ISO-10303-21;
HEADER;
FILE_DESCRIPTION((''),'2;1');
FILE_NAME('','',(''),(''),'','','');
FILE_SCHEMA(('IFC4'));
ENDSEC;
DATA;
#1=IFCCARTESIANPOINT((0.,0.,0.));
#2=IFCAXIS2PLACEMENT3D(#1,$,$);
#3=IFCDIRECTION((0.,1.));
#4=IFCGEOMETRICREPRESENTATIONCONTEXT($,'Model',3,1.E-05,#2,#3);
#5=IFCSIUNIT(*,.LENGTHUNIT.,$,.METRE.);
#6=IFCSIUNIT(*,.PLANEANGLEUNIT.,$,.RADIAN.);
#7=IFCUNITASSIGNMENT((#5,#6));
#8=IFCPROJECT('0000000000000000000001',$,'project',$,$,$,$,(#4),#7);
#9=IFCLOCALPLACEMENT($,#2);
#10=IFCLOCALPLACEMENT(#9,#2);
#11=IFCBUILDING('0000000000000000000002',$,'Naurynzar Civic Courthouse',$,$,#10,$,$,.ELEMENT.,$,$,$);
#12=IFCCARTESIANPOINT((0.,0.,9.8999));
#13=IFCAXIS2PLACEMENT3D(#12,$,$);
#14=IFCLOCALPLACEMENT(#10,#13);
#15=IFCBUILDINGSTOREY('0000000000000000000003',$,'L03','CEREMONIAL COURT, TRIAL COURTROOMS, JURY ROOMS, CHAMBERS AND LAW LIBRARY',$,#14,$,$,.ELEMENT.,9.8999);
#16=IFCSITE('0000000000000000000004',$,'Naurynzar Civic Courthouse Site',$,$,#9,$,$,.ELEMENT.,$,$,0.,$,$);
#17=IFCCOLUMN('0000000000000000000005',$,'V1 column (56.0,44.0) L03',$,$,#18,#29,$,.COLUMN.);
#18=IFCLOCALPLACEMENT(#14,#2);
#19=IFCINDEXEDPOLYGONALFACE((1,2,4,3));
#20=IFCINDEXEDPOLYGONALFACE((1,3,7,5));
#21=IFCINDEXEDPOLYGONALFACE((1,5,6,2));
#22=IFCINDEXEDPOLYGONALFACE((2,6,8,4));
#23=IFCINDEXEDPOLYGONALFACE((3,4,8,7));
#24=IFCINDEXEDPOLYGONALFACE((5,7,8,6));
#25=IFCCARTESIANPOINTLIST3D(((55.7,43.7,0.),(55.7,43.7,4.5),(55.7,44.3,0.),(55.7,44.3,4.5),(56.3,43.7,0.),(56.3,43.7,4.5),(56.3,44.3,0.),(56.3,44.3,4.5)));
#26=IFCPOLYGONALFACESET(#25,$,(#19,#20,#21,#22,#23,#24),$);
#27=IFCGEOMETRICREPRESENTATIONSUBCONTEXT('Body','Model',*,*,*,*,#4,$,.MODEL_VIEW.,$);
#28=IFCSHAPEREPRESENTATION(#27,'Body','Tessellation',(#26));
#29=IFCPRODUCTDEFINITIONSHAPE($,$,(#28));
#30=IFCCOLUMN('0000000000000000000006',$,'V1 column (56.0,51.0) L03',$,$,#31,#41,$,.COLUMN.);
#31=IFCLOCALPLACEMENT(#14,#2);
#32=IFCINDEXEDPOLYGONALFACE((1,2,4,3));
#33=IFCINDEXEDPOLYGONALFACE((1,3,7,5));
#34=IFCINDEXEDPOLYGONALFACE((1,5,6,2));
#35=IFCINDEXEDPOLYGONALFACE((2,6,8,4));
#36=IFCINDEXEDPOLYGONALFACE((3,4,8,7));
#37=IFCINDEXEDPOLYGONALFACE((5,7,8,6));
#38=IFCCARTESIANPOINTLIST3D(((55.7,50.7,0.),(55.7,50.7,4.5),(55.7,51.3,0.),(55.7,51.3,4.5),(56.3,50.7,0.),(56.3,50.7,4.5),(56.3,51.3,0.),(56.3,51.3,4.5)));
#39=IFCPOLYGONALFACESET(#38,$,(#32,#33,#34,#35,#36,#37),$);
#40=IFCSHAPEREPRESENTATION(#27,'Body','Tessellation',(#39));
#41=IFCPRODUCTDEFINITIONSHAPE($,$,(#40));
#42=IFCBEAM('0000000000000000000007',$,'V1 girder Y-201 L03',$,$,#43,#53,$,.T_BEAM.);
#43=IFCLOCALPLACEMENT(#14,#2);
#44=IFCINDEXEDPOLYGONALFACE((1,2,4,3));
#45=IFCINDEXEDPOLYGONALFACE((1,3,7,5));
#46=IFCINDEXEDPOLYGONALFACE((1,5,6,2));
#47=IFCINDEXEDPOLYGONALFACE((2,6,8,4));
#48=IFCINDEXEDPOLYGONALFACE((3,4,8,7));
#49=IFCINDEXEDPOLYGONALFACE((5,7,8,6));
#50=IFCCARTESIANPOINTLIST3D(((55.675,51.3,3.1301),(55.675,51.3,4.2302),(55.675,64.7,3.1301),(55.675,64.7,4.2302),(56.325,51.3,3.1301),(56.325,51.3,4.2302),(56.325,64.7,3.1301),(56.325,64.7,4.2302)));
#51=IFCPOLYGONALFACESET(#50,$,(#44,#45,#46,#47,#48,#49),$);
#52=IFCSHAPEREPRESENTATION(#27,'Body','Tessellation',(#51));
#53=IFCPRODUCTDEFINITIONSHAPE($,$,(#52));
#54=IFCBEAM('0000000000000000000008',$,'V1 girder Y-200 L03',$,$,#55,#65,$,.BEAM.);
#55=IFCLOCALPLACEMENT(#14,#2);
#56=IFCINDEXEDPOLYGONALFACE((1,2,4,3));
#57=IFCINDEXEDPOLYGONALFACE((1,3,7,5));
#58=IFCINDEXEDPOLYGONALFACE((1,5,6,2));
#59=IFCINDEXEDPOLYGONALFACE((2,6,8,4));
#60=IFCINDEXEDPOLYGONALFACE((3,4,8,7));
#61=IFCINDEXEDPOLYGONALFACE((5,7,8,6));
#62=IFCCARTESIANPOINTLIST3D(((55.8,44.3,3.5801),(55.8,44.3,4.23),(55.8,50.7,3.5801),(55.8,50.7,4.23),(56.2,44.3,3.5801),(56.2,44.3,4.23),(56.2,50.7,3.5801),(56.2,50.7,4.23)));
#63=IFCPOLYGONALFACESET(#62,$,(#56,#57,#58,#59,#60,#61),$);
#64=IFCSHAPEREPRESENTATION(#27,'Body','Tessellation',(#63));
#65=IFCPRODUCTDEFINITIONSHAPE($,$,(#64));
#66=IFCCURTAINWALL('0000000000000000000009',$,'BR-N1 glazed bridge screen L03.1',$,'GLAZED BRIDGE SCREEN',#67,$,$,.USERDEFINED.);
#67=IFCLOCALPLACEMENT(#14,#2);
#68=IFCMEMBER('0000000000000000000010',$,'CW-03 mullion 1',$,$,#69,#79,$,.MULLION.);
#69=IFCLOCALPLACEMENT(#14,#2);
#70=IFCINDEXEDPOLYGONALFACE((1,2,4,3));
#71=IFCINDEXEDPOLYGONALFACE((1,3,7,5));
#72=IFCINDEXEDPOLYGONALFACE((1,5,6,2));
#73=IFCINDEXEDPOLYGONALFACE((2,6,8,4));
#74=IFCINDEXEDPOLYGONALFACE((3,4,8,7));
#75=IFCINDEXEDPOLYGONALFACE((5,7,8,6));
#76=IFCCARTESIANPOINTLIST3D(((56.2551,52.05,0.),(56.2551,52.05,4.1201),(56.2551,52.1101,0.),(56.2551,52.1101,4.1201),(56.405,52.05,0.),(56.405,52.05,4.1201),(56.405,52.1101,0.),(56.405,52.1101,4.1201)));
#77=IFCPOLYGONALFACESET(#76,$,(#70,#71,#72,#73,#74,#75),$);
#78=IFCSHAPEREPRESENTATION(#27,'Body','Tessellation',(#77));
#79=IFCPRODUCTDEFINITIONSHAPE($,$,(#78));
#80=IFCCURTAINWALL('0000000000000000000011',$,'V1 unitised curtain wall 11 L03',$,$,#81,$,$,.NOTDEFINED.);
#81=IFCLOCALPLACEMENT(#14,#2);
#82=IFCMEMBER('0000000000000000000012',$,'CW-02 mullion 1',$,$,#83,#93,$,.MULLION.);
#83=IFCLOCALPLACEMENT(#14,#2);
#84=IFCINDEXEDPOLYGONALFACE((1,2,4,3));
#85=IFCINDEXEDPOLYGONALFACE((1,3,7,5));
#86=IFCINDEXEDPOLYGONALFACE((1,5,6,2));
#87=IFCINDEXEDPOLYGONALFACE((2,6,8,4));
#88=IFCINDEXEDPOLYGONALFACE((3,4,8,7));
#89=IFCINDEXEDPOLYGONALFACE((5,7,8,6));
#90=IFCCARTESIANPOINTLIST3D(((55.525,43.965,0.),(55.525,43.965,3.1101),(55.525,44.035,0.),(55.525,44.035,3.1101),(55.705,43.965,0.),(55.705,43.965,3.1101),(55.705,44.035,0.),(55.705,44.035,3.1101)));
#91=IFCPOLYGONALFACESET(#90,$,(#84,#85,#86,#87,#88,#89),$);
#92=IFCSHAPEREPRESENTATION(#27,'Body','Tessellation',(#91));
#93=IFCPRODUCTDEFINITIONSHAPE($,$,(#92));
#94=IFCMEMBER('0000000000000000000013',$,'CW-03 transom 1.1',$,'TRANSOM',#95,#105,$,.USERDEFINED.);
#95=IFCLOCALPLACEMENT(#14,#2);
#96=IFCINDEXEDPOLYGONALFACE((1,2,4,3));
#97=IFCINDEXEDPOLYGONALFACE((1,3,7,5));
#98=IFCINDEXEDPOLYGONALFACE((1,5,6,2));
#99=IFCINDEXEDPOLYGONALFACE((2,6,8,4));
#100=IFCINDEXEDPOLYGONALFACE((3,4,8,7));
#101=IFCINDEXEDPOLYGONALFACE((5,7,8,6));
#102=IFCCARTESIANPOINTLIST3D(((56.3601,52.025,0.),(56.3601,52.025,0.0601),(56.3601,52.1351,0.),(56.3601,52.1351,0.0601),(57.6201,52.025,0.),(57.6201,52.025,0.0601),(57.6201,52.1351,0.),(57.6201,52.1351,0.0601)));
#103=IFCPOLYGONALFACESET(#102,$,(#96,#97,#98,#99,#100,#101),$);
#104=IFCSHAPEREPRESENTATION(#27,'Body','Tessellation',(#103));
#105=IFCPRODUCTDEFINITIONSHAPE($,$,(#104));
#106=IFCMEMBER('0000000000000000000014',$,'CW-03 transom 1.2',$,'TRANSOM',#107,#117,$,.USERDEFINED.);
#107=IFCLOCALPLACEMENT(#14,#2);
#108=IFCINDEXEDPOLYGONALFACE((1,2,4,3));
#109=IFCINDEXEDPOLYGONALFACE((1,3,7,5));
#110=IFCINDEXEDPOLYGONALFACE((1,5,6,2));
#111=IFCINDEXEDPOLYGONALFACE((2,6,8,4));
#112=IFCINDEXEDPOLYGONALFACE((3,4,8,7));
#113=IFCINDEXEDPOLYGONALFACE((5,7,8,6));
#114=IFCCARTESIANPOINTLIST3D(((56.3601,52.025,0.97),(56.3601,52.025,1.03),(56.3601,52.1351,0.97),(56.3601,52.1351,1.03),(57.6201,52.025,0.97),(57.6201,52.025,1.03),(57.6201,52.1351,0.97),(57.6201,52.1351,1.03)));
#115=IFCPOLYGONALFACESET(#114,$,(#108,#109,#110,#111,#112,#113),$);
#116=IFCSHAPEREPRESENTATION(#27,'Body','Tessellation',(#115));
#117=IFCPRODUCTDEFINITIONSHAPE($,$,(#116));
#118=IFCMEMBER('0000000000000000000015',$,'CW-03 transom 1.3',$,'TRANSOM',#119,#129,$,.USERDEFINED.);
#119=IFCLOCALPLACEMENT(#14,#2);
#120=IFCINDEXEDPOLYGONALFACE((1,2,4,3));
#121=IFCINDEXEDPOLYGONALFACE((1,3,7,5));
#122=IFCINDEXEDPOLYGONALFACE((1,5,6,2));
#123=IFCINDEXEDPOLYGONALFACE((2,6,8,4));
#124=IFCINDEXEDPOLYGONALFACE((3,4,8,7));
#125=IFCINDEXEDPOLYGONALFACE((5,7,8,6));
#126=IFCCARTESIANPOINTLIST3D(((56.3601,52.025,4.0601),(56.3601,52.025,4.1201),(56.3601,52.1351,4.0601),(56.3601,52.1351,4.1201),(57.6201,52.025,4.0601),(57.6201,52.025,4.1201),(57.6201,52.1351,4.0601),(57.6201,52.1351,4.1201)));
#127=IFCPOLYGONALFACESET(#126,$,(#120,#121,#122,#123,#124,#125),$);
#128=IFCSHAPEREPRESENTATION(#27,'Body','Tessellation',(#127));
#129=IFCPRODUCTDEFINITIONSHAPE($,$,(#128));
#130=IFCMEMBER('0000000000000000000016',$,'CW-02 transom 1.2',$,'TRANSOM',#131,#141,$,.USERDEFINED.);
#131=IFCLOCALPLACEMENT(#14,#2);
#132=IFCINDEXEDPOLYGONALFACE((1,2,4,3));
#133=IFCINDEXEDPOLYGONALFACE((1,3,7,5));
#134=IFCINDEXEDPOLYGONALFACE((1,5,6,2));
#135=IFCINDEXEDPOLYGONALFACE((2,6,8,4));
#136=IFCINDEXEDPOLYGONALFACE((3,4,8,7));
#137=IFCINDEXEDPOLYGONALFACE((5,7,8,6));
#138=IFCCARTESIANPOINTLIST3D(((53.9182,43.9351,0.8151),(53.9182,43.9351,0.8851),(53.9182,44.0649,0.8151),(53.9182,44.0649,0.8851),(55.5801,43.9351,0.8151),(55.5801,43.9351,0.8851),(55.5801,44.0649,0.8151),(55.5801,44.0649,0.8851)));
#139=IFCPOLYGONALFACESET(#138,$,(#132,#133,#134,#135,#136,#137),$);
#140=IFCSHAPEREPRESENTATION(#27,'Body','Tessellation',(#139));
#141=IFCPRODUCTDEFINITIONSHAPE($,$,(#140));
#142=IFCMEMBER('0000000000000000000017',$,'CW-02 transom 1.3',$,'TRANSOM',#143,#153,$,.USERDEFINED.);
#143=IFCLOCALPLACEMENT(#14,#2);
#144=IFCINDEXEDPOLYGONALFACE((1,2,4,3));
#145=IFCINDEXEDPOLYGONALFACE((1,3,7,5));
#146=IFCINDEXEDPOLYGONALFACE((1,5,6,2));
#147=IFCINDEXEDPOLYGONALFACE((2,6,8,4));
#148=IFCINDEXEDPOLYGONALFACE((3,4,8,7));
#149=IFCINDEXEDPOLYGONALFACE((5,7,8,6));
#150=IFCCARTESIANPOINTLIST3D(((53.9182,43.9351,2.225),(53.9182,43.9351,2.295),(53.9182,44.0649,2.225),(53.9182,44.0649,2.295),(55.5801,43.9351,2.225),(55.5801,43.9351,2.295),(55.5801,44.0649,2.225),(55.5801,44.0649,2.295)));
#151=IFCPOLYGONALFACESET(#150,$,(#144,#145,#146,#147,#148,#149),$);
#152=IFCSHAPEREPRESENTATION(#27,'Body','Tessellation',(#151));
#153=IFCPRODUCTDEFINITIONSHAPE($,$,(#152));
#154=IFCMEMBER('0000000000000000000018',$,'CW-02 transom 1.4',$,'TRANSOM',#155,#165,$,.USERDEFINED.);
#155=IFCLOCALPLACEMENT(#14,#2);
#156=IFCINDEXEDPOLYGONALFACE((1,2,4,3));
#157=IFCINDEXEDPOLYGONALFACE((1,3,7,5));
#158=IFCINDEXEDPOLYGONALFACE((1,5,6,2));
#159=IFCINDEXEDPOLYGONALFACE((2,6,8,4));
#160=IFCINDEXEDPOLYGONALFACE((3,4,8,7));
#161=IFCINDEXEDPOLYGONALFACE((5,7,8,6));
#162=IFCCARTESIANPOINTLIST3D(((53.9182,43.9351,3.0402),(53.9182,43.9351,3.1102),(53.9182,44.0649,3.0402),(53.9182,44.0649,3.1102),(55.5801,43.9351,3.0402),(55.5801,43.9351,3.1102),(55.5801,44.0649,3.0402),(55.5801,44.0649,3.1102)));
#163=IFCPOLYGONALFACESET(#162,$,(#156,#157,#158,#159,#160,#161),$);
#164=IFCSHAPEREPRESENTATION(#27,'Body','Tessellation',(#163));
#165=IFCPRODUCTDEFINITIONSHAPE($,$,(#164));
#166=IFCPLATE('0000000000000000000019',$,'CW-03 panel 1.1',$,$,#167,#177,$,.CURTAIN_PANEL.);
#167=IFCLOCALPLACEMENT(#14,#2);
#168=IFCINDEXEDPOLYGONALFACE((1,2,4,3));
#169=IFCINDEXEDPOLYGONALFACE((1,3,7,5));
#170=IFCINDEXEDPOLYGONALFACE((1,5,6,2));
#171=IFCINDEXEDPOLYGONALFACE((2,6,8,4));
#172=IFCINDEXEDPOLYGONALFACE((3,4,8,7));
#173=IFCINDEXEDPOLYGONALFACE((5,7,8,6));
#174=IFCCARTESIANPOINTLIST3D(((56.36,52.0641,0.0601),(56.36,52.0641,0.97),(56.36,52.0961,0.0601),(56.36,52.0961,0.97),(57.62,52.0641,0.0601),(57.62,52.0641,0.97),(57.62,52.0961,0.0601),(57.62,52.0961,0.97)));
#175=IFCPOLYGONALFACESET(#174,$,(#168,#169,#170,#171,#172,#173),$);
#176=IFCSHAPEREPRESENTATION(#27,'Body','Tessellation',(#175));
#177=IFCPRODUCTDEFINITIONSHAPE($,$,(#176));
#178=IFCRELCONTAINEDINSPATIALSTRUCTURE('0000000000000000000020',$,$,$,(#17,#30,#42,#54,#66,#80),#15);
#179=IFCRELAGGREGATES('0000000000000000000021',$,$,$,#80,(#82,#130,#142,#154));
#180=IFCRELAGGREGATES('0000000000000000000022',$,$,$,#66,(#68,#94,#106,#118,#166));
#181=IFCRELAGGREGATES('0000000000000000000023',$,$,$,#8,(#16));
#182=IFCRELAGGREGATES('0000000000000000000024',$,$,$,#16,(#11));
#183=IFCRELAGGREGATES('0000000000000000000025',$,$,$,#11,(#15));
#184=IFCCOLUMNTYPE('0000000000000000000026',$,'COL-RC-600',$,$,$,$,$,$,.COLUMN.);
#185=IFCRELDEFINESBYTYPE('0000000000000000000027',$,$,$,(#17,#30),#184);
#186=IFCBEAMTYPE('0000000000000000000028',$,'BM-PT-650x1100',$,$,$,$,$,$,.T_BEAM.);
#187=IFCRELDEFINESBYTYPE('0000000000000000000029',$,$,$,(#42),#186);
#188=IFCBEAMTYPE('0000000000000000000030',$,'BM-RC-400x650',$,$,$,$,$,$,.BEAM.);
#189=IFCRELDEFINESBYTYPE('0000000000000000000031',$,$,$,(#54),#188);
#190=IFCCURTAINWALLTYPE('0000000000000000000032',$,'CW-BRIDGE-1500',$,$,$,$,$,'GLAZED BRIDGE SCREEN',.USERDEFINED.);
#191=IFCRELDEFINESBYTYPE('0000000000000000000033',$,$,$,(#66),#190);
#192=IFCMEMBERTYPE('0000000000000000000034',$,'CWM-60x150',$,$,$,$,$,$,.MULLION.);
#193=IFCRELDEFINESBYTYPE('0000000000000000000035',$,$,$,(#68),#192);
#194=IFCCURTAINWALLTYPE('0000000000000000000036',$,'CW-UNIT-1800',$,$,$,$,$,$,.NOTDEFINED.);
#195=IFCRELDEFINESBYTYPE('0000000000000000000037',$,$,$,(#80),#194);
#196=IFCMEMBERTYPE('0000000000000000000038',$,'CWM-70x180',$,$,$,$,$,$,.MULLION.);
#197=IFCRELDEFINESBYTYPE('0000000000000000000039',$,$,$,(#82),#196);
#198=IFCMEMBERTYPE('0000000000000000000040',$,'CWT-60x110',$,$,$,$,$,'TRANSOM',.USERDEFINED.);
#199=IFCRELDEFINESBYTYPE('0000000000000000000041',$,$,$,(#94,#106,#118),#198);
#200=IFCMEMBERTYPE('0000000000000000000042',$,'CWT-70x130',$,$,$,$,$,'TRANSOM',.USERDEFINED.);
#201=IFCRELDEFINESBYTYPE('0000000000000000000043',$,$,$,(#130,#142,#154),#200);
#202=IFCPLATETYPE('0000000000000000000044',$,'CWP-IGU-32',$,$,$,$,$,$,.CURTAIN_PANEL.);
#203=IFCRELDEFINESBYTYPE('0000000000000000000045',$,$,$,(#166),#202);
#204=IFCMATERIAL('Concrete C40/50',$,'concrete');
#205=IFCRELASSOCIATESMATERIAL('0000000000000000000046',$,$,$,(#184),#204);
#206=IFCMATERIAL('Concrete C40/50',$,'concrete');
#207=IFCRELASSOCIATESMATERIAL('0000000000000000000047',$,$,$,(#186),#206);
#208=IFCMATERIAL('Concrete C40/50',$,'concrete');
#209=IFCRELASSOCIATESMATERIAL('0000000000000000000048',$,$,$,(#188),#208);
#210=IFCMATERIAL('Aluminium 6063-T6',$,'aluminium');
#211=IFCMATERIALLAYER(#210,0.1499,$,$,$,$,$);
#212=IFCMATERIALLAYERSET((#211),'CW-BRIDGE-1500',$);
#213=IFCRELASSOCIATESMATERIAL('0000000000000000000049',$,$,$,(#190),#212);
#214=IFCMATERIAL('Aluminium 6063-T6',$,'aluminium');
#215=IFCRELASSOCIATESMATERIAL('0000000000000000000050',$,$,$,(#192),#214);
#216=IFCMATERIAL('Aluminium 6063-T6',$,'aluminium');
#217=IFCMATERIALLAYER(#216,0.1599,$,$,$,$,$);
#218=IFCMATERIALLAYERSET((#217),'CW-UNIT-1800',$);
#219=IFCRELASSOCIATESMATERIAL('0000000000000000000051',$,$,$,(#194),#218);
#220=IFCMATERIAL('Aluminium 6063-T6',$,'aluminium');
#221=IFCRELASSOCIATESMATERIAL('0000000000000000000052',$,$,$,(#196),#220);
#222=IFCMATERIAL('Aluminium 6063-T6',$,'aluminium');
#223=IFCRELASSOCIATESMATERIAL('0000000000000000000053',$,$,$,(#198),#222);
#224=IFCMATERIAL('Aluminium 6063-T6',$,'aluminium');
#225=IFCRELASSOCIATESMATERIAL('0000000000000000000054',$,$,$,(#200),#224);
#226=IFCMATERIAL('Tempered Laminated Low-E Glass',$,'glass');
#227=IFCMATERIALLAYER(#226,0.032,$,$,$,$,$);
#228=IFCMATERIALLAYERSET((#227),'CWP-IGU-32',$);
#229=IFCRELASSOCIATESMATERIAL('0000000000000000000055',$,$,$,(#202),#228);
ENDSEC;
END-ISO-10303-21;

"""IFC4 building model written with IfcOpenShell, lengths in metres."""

from ifc_helpers import new_model, si_unit, direction, frame, origin, origin_2d, place, context, subcontext, project, spatial, rectangle, extrude, material, layer, layer_set, material_profile, profile_set, type_object, element, aggregate, save


model = new_model("IFC4")

# Units and contexts
model_context = context("Model", 3, precision=1e-05, world=origin(), true_north=direction((0.0, 1.0)))
body_context = subcontext(model_context, "Body", "Model", "MODEL_VIEW")
ifc_project = project(units=[si_unit("LENGTHUNIT", "METRE"), si_unit("PLANEANGLEUNIT", "RADIAN")], contexts=[model_context])

# Site, building, storey
site_placement = place(None, origin())
site = spatial("IfcSite", under=ifc_project, at=site_placement, Name="Naurynzar Civic Courthouse Site", CompositionType="ELEMENT", RefElevation=0.0)
building_placement = place(site_placement, origin())
building = spatial("IfcBuilding", under=site, at=building_placement, Name="Naurynzar Civic Courthouse", CompositionType="ELEMENT")
storey_placement = place(building_placement, frame((0.0, 0.0, 9.8999)))
storey = spatial("IfcBuildingStorey", under=building, at=storey_placement, Name="L03", Description="CEREMONIAL COURT, TRIAL COURTROOMS, JURY ROOMS, CHAMBERS AND LAW LIBRARY", CompositionType="ELEMENT", Elevation=9.8999)

# Columns
ifc_material_1 = material(Name="Concrete C40/50", Category="concrete")
ifc_material_profile_1 = material_profile(ifc_material_1, rectangle(XDim=0.6001, YDim=0.6001, at=origin_2d()), Name="RC 600x600")
ifc_profile_set_1 = profile_set([ifc_material_profile_1], Name="Concrete C40/50")
column_type = type_object("IfcColumnType", Name="COL-RC-600", PredefinedType="COLUMN", material=ifc_profile_set_1)
for number, where, z_axis, x_axis, name in (
    (1, (56.0, 44.0, 0.0), (0.0, 0.0, 1.0), (1.0, 0.0, 0.0), "V1 column (56.0,44.0) L03"),
    (2, (56.0, 51.0, 0.0), (0.0, 0.0, 1.0), (1.0, 0.0, 0.0), "V1 column (56.0,51.0) L03"),
):
    element("IfcColumn", number, at=place(storey_placement, frame(where, z_axis=z_axis, x_axis=x_axis)), inside=storey, type_object=column_type, Name=name, PredefinedType="COLUMN", context=body_context, shape_type="SweptSolid", body=[
        extrude(rectangle(XDim=0.6001, YDim=0.6001, at=origin_2d()), origin(), (0.0, 0.0, 1.0), 4.5),
    ])

# Beams
ifc_material_2 = material(Name="Concrete C40/50", Category="concrete")
ifc_material_profile_2 = material_profile(ifc_material_2, rectangle(XDim=0.6499, YDim=1.1001, at=origin_2d()), Name="PTB 650x1100")
ifc_profile_set_2 = profile_set([ifc_material_profile_2], Name="Concrete C40/50")
beam_type_1 = type_object("IfcBeamType", Name="BM-PT-650x1100", PredefinedType="T_BEAM", material=ifc_profile_set_2)
beam_1_placement = place(storey_placement, frame((56.0, 51.3, 3.6802), z_axis=(0.0, 1.0, 0.0), x_axis=(-1.0, 0.0, 0.0)))
element("IfcBeam", 3, at=beam_1_placement, inside=storey, type_object=beam_type_1, Name="V1 girder Y-201 L03", PredefinedType="T_BEAM", context=body_context, shape_type="SweptSolid", body=[
    extrude(rectangle(XDim=0.6499, YDim=1.1001, at=origin_2d()), origin(), (0.0, 0.0, 1.0), 13.3999),
])
ifc_material_3 = material(Name="Concrete C40/50", Category="concrete")
ifc_material_profile_3 = material_profile(ifc_material_3, rectangle(XDim=0.3999, YDim=0.6499, at=origin_2d()), Name="RCB 400x650")
ifc_profile_set_3 = profile_set([ifc_material_profile_3], Name="Concrete C40/50")
beam_type_2 = type_object("IfcBeamType", Name="BM-RC-400x650", PredefinedType="BEAM", material=ifc_profile_set_3)
beam_2_placement = place(storey_placement, frame((56.0, 44.3, 3.905), z_axis=(0.0, 1.0, 0.0), x_axis=(-1.0, 0.0, 0.0)))
element("IfcBeam", 4, at=beam_2_placement, inside=storey, type_object=beam_type_2, Name="V1 girder Y-200 L03", PredefinedType="BEAM", context=body_context, shape_type="SweptSolid", body=[
    extrude(rectangle(XDim=0.3999, YDim=0.6499, at=origin_2d()), origin(), (0.0, 0.0, 1.0), 6.3999),
])

# Curtain walls, members
ifc_material_4 = material(Name="Aluminium 6063-T6", Category="aluminium")
ifc_layer_1 = layer(ifc_material_4, 0.1499)
ifc_layer_set_1 = layer_set([ifc_layer_1], Name="CW-BRIDGE-1500")
curtain_wall_type_1 = type_object("IfcCurtainWallType", Name="CW-BRIDGE-1500", ElementType="GLAZED BRIDGE SCREEN", PredefinedType="USERDEFINED", material=ifc_layer_set_1)
curtain_wall_1_placement = place(storey_placement, origin())
curtain_wall_1 = element("IfcCurtainWall", 5, at=curtain_wall_1_placement, inside=storey, type_object=curtain_wall_type_1, Name="BR-N1 glazed bridge screen L03.1", ObjectType="GLAZED BRIDGE SCREEN", PredefinedType="USERDEFINED")
ifc_material_5 = material(Name="Aluminium 6063-T6", Category="aluminium")
ifc_material_profile_4 = material_profile(ifc_material_5, rectangle(XDim=0.0601, YDim=0.1499, at=origin_2d()), Name="ALU MULLION 60x150")
ifc_profile_set_4 = profile_set([ifc_material_profile_4], Name="Aluminium 6063-T6")
member_type_1 = type_object("IfcMemberType", Name="CWM-60x150", PredefinedType="MULLION", material=ifc_profile_set_4)
member_1_placement = place(storey_placement, frame((56.3301, 52.0801, 0.0), z_axis=(0.0, 0.0, 1.0), x_axis=(0.0, 1.0, 0.0)))
member_1 = element("IfcMember", 6, at=member_1_placement, type_object=member_type_1, Name="CW-03 mullion 1", PredefinedType="MULLION", context=body_context, shape_type="SweptSolid", body=[
    extrude(rectangle(XDim=0.0601, YDim=0.1499, at=origin_2d()), origin(), (0.0, 0.0, 1.0), 4.1201),
])
ifc_material_6 = material(Name="Aluminium 6063-T6", Category="aluminium")
ifc_layer_2 = layer(ifc_material_6, 0.1599)
ifc_layer_set_2 = layer_set([ifc_layer_2], Name="CW-UNIT-1800")
curtain_wall_type_2 = type_object("IfcCurtainWallType", Name="CW-UNIT-1800", PredefinedType="NOTDEFINED", material=ifc_layer_set_2)
curtain_wall_2_placement = place(storey_placement, origin())
curtain_wall_2 = element("IfcCurtainWall", 7, at=curtain_wall_2_placement, inside=storey, type_object=curtain_wall_type_2, Name="V1 unitised curtain wall 11 L03", PredefinedType="NOTDEFINED")
ifc_material_7 = material(Name="Aluminium 6063-T6", Category="aluminium")
ifc_material_profile_5 = material_profile(ifc_material_7, rectangle(XDim=0.0701, YDim=0.1799, at=origin_2d()), Name="ALU MULLION 70x180")
ifc_profile_set_5 = profile_set([ifc_material_profile_5], Name="Aluminium 6063-T6")
member_type_2 = type_object("IfcMemberType", Name="CWM-70x180", PredefinedType="MULLION", material=ifc_profile_set_5)
member_2_placement = place(storey_placement, frame((55.615, 44.0, 0.0), z_axis=(0.0, 0.0, 1.0), x_axis=(0.0, -1.0, 0.0)))
member_2 = element("IfcMember", 8, at=member_2_placement, type_object=member_type_2, Name="CW-02 mullion 1", PredefinedType="MULLION", context=body_context, shape_type="SweptSolid", body=[
    extrude(rectangle(XDim=0.0701, YDim=0.1799, at=origin_2d()), origin(), (0.0, 0.0, 1.0), 3.1101),
])

# Members
ifc_material_8 = material(Name="Aluminium 6063-T6", Category="aluminium")
ifc_material_profile_6 = material_profile(ifc_material_8, rectangle(XDim=0.1101, YDim=0.0601, at=origin_2d()), Name="ALU TRANSOM 60x110")
ifc_profile_set_6 = profile_set([ifc_material_profile_6], Name="Aluminium 6063-T6")
member_type_3 = type_object("IfcMemberType", Name="CWT-60x110", ElementType="TRANSOM", PredefinedType="USERDEFINED", material=ifc_profile_set_6)
member_3_placement = place(storey_placement, frame((56.3601, 52.0801, 0.03), z_axis=(1.0, 0.0, 0.0), x_axis=(0.0, 1.0, 0.0)))
member_3 = element("IfcMember", 9, at=member_3_placement, type_object=member_type_3, Name="CW-03 transom 1.1", ObjectType="TRANSOM", PredefinedType="USERDEFINED", context=body_context, shape_type="SweptSolid", body=[
    extrude(rectangle(XDim=0.1101, YDim=0.0601, at=origin_2d()), origin(), (0.0, 0.0, 1.0), 1.26),
])
member_4_placement = place(storey_placement, frame((56.3601, 52.0801, 1.0), z_axis=(1.0, 0.0, 0.0), x_axis=(0.0, 1.0, 0.0)))
member_4 = element("IfcMember", 10, at=member_4_placement, type_object=member_type_3, Name="CW-03 transom 1.2", ObjectType="TRANSOM", PredefinedType="USERDEFINED", context=body_context, shape_type="SweptSolid", body=[
    extrude(rectangle(XDim=0.1101, YDim=0.0601, at=origin_2d()), origin(), (0.0, 0.0, 1.0), 1.26),
])
member_5_placement = place(storey_placement, frame((56.3601, 52.0801, 4.0901), z_axis=(1.0, 0.0, 0.0), x_axis=(0.0, 1.0, 0.0)))
member_5 = element("IfcMember", 11, at=member_5_placement, type_object=member_type_3, Name="CW-03 transom 1.3", ObjectType="TRANSOM", PredefinedType="USERDEFINED", context=body_context, shape_type="SweptSolid", body=[
    extrude(rectangle(XDim=0.1101, YDim=0.0601, at=origin_2d()), origin(), (0.0, 0.0, 1.0), 1.26),
])
ifc_material_9 = material(Name="Aluminium 6063-T6", Category="aluminium")
ifc_material_profile_7 = material_profile(ifc_material_9, rectangle(XDim=0.1299, YDim=0.0701, at=origin_2d()), Name="ALU TRANSOM 70x130")
ifc_profile_set_7 = profile_set([ifc_material_profile_7], Name="Aluminium 6063-T6")
member_type_4 = type_object("IfcMemberType", Name="CWT-70x130", ElementType="TRANSOM", PredefinedType="USERDEFINED", material=ifc_profile_set_7)
member_6_placement = place(storey_placement, frame((55.5801, 44.0, 0.8501), z_axis=(-1.0, 0.0, 0.0), x_axis=(0.0, -1.0, 0.0)))
member_6 = element("IfcMember", 12, at=member_6_placement, type_object=member_type_4, Name="CW-02 transom 1.2", ObjectType="TRANSOM", PredefinedType="USERDEFINED", context=body_context, shape_type="SweptSolid", body=[
    extrude(rectangle(XDim=0.1299, YDim=0.0701, at=origin_2d()), origin(), (0.0, 0.0, 1.0), 1.6619),
])
member_7_placement = place(storey_placement, frame((55.5801, 44.0, 2.26), z_axis=(-1.0, 0.0, 0.0), x_axis=(0.0, -1.0, 0.0)))
member_7 = element("IfcMember", 13, at=member_7_placement, type_object=member_type_4, Name="CW-02 transom 1.3", ObjectType="TRANSOM", PredefinedType="USERDEFINED", context=body_context, shape_type="SweptSolid", body=[
    extrude(rectangle(XDim=0.1299, YDim=0.0701, at=origin_2d()), origin(), (0.0, 0.0, 1.0), 1.6619),
])
member_8_placement = place(storey_placement, frame((55.5801, 44.0, 3.0752), z_axis=(-1.0, 0.0, 0.0), x_axis=(0.0, -1.0, 0.0)))
member_8 = element("IfcMember", 14, at=member_8_placement, type_object=member_type_4, Name="CW-02 transom 1.4", ObjectType="TRANSOM", PredefinedType="USERDEFINED", context=body_context, shape_type="SweptSolid", body=[
    extrude(rectangle(XDim=0.1299, YDim=0.0701, at=origin_2d()), origin(), (0.0, 0.0, 1.0), 1.6619),
])
aggregate(curtain_wall_2, [member_2, member_6, member_7, member_8])

# Plate
ifc_material_10 = material(Name="Tempered Laminated Low-E Glass", Category="glass")
ifc_layer_3 = layer(ifc_material_10, 0.032)
ifc_layer_set_3 = layer_set([ifc_layer_3], Name="CWP-IGU-32")
plate_type = type_object("IfcPlateType", Name="CWP-IGU-32", PredefinedType="CURTAIN_PANEL", material=ifc_layer_set_3)
plate_1_placement = place(storey_placement, frame((56.99, 52.0801, 0.0601), z_axis=(0.0, 0.0, 1.0), x_axis=(1.0, 0.0, 0.0)))
plate_1 = element("IfcPlate", 15, at=plate_1_placement, type_object=plate_type, Name="CW-03 panel 1.1", PredefinedType="CURTAIN_PANEL", context=body_context, shape_type="SweptSolid", body=[
    extrude(rectangle(XDim=1.26, YDim=0.032, at=origin_2d()), origin(), (0.0, 0.0, 1.0), 0.9099),
])
aggregate(curtain_wall_1, [member_1, member_3, member_4, member_5, plate_1])

save(model, "model.ifc")
